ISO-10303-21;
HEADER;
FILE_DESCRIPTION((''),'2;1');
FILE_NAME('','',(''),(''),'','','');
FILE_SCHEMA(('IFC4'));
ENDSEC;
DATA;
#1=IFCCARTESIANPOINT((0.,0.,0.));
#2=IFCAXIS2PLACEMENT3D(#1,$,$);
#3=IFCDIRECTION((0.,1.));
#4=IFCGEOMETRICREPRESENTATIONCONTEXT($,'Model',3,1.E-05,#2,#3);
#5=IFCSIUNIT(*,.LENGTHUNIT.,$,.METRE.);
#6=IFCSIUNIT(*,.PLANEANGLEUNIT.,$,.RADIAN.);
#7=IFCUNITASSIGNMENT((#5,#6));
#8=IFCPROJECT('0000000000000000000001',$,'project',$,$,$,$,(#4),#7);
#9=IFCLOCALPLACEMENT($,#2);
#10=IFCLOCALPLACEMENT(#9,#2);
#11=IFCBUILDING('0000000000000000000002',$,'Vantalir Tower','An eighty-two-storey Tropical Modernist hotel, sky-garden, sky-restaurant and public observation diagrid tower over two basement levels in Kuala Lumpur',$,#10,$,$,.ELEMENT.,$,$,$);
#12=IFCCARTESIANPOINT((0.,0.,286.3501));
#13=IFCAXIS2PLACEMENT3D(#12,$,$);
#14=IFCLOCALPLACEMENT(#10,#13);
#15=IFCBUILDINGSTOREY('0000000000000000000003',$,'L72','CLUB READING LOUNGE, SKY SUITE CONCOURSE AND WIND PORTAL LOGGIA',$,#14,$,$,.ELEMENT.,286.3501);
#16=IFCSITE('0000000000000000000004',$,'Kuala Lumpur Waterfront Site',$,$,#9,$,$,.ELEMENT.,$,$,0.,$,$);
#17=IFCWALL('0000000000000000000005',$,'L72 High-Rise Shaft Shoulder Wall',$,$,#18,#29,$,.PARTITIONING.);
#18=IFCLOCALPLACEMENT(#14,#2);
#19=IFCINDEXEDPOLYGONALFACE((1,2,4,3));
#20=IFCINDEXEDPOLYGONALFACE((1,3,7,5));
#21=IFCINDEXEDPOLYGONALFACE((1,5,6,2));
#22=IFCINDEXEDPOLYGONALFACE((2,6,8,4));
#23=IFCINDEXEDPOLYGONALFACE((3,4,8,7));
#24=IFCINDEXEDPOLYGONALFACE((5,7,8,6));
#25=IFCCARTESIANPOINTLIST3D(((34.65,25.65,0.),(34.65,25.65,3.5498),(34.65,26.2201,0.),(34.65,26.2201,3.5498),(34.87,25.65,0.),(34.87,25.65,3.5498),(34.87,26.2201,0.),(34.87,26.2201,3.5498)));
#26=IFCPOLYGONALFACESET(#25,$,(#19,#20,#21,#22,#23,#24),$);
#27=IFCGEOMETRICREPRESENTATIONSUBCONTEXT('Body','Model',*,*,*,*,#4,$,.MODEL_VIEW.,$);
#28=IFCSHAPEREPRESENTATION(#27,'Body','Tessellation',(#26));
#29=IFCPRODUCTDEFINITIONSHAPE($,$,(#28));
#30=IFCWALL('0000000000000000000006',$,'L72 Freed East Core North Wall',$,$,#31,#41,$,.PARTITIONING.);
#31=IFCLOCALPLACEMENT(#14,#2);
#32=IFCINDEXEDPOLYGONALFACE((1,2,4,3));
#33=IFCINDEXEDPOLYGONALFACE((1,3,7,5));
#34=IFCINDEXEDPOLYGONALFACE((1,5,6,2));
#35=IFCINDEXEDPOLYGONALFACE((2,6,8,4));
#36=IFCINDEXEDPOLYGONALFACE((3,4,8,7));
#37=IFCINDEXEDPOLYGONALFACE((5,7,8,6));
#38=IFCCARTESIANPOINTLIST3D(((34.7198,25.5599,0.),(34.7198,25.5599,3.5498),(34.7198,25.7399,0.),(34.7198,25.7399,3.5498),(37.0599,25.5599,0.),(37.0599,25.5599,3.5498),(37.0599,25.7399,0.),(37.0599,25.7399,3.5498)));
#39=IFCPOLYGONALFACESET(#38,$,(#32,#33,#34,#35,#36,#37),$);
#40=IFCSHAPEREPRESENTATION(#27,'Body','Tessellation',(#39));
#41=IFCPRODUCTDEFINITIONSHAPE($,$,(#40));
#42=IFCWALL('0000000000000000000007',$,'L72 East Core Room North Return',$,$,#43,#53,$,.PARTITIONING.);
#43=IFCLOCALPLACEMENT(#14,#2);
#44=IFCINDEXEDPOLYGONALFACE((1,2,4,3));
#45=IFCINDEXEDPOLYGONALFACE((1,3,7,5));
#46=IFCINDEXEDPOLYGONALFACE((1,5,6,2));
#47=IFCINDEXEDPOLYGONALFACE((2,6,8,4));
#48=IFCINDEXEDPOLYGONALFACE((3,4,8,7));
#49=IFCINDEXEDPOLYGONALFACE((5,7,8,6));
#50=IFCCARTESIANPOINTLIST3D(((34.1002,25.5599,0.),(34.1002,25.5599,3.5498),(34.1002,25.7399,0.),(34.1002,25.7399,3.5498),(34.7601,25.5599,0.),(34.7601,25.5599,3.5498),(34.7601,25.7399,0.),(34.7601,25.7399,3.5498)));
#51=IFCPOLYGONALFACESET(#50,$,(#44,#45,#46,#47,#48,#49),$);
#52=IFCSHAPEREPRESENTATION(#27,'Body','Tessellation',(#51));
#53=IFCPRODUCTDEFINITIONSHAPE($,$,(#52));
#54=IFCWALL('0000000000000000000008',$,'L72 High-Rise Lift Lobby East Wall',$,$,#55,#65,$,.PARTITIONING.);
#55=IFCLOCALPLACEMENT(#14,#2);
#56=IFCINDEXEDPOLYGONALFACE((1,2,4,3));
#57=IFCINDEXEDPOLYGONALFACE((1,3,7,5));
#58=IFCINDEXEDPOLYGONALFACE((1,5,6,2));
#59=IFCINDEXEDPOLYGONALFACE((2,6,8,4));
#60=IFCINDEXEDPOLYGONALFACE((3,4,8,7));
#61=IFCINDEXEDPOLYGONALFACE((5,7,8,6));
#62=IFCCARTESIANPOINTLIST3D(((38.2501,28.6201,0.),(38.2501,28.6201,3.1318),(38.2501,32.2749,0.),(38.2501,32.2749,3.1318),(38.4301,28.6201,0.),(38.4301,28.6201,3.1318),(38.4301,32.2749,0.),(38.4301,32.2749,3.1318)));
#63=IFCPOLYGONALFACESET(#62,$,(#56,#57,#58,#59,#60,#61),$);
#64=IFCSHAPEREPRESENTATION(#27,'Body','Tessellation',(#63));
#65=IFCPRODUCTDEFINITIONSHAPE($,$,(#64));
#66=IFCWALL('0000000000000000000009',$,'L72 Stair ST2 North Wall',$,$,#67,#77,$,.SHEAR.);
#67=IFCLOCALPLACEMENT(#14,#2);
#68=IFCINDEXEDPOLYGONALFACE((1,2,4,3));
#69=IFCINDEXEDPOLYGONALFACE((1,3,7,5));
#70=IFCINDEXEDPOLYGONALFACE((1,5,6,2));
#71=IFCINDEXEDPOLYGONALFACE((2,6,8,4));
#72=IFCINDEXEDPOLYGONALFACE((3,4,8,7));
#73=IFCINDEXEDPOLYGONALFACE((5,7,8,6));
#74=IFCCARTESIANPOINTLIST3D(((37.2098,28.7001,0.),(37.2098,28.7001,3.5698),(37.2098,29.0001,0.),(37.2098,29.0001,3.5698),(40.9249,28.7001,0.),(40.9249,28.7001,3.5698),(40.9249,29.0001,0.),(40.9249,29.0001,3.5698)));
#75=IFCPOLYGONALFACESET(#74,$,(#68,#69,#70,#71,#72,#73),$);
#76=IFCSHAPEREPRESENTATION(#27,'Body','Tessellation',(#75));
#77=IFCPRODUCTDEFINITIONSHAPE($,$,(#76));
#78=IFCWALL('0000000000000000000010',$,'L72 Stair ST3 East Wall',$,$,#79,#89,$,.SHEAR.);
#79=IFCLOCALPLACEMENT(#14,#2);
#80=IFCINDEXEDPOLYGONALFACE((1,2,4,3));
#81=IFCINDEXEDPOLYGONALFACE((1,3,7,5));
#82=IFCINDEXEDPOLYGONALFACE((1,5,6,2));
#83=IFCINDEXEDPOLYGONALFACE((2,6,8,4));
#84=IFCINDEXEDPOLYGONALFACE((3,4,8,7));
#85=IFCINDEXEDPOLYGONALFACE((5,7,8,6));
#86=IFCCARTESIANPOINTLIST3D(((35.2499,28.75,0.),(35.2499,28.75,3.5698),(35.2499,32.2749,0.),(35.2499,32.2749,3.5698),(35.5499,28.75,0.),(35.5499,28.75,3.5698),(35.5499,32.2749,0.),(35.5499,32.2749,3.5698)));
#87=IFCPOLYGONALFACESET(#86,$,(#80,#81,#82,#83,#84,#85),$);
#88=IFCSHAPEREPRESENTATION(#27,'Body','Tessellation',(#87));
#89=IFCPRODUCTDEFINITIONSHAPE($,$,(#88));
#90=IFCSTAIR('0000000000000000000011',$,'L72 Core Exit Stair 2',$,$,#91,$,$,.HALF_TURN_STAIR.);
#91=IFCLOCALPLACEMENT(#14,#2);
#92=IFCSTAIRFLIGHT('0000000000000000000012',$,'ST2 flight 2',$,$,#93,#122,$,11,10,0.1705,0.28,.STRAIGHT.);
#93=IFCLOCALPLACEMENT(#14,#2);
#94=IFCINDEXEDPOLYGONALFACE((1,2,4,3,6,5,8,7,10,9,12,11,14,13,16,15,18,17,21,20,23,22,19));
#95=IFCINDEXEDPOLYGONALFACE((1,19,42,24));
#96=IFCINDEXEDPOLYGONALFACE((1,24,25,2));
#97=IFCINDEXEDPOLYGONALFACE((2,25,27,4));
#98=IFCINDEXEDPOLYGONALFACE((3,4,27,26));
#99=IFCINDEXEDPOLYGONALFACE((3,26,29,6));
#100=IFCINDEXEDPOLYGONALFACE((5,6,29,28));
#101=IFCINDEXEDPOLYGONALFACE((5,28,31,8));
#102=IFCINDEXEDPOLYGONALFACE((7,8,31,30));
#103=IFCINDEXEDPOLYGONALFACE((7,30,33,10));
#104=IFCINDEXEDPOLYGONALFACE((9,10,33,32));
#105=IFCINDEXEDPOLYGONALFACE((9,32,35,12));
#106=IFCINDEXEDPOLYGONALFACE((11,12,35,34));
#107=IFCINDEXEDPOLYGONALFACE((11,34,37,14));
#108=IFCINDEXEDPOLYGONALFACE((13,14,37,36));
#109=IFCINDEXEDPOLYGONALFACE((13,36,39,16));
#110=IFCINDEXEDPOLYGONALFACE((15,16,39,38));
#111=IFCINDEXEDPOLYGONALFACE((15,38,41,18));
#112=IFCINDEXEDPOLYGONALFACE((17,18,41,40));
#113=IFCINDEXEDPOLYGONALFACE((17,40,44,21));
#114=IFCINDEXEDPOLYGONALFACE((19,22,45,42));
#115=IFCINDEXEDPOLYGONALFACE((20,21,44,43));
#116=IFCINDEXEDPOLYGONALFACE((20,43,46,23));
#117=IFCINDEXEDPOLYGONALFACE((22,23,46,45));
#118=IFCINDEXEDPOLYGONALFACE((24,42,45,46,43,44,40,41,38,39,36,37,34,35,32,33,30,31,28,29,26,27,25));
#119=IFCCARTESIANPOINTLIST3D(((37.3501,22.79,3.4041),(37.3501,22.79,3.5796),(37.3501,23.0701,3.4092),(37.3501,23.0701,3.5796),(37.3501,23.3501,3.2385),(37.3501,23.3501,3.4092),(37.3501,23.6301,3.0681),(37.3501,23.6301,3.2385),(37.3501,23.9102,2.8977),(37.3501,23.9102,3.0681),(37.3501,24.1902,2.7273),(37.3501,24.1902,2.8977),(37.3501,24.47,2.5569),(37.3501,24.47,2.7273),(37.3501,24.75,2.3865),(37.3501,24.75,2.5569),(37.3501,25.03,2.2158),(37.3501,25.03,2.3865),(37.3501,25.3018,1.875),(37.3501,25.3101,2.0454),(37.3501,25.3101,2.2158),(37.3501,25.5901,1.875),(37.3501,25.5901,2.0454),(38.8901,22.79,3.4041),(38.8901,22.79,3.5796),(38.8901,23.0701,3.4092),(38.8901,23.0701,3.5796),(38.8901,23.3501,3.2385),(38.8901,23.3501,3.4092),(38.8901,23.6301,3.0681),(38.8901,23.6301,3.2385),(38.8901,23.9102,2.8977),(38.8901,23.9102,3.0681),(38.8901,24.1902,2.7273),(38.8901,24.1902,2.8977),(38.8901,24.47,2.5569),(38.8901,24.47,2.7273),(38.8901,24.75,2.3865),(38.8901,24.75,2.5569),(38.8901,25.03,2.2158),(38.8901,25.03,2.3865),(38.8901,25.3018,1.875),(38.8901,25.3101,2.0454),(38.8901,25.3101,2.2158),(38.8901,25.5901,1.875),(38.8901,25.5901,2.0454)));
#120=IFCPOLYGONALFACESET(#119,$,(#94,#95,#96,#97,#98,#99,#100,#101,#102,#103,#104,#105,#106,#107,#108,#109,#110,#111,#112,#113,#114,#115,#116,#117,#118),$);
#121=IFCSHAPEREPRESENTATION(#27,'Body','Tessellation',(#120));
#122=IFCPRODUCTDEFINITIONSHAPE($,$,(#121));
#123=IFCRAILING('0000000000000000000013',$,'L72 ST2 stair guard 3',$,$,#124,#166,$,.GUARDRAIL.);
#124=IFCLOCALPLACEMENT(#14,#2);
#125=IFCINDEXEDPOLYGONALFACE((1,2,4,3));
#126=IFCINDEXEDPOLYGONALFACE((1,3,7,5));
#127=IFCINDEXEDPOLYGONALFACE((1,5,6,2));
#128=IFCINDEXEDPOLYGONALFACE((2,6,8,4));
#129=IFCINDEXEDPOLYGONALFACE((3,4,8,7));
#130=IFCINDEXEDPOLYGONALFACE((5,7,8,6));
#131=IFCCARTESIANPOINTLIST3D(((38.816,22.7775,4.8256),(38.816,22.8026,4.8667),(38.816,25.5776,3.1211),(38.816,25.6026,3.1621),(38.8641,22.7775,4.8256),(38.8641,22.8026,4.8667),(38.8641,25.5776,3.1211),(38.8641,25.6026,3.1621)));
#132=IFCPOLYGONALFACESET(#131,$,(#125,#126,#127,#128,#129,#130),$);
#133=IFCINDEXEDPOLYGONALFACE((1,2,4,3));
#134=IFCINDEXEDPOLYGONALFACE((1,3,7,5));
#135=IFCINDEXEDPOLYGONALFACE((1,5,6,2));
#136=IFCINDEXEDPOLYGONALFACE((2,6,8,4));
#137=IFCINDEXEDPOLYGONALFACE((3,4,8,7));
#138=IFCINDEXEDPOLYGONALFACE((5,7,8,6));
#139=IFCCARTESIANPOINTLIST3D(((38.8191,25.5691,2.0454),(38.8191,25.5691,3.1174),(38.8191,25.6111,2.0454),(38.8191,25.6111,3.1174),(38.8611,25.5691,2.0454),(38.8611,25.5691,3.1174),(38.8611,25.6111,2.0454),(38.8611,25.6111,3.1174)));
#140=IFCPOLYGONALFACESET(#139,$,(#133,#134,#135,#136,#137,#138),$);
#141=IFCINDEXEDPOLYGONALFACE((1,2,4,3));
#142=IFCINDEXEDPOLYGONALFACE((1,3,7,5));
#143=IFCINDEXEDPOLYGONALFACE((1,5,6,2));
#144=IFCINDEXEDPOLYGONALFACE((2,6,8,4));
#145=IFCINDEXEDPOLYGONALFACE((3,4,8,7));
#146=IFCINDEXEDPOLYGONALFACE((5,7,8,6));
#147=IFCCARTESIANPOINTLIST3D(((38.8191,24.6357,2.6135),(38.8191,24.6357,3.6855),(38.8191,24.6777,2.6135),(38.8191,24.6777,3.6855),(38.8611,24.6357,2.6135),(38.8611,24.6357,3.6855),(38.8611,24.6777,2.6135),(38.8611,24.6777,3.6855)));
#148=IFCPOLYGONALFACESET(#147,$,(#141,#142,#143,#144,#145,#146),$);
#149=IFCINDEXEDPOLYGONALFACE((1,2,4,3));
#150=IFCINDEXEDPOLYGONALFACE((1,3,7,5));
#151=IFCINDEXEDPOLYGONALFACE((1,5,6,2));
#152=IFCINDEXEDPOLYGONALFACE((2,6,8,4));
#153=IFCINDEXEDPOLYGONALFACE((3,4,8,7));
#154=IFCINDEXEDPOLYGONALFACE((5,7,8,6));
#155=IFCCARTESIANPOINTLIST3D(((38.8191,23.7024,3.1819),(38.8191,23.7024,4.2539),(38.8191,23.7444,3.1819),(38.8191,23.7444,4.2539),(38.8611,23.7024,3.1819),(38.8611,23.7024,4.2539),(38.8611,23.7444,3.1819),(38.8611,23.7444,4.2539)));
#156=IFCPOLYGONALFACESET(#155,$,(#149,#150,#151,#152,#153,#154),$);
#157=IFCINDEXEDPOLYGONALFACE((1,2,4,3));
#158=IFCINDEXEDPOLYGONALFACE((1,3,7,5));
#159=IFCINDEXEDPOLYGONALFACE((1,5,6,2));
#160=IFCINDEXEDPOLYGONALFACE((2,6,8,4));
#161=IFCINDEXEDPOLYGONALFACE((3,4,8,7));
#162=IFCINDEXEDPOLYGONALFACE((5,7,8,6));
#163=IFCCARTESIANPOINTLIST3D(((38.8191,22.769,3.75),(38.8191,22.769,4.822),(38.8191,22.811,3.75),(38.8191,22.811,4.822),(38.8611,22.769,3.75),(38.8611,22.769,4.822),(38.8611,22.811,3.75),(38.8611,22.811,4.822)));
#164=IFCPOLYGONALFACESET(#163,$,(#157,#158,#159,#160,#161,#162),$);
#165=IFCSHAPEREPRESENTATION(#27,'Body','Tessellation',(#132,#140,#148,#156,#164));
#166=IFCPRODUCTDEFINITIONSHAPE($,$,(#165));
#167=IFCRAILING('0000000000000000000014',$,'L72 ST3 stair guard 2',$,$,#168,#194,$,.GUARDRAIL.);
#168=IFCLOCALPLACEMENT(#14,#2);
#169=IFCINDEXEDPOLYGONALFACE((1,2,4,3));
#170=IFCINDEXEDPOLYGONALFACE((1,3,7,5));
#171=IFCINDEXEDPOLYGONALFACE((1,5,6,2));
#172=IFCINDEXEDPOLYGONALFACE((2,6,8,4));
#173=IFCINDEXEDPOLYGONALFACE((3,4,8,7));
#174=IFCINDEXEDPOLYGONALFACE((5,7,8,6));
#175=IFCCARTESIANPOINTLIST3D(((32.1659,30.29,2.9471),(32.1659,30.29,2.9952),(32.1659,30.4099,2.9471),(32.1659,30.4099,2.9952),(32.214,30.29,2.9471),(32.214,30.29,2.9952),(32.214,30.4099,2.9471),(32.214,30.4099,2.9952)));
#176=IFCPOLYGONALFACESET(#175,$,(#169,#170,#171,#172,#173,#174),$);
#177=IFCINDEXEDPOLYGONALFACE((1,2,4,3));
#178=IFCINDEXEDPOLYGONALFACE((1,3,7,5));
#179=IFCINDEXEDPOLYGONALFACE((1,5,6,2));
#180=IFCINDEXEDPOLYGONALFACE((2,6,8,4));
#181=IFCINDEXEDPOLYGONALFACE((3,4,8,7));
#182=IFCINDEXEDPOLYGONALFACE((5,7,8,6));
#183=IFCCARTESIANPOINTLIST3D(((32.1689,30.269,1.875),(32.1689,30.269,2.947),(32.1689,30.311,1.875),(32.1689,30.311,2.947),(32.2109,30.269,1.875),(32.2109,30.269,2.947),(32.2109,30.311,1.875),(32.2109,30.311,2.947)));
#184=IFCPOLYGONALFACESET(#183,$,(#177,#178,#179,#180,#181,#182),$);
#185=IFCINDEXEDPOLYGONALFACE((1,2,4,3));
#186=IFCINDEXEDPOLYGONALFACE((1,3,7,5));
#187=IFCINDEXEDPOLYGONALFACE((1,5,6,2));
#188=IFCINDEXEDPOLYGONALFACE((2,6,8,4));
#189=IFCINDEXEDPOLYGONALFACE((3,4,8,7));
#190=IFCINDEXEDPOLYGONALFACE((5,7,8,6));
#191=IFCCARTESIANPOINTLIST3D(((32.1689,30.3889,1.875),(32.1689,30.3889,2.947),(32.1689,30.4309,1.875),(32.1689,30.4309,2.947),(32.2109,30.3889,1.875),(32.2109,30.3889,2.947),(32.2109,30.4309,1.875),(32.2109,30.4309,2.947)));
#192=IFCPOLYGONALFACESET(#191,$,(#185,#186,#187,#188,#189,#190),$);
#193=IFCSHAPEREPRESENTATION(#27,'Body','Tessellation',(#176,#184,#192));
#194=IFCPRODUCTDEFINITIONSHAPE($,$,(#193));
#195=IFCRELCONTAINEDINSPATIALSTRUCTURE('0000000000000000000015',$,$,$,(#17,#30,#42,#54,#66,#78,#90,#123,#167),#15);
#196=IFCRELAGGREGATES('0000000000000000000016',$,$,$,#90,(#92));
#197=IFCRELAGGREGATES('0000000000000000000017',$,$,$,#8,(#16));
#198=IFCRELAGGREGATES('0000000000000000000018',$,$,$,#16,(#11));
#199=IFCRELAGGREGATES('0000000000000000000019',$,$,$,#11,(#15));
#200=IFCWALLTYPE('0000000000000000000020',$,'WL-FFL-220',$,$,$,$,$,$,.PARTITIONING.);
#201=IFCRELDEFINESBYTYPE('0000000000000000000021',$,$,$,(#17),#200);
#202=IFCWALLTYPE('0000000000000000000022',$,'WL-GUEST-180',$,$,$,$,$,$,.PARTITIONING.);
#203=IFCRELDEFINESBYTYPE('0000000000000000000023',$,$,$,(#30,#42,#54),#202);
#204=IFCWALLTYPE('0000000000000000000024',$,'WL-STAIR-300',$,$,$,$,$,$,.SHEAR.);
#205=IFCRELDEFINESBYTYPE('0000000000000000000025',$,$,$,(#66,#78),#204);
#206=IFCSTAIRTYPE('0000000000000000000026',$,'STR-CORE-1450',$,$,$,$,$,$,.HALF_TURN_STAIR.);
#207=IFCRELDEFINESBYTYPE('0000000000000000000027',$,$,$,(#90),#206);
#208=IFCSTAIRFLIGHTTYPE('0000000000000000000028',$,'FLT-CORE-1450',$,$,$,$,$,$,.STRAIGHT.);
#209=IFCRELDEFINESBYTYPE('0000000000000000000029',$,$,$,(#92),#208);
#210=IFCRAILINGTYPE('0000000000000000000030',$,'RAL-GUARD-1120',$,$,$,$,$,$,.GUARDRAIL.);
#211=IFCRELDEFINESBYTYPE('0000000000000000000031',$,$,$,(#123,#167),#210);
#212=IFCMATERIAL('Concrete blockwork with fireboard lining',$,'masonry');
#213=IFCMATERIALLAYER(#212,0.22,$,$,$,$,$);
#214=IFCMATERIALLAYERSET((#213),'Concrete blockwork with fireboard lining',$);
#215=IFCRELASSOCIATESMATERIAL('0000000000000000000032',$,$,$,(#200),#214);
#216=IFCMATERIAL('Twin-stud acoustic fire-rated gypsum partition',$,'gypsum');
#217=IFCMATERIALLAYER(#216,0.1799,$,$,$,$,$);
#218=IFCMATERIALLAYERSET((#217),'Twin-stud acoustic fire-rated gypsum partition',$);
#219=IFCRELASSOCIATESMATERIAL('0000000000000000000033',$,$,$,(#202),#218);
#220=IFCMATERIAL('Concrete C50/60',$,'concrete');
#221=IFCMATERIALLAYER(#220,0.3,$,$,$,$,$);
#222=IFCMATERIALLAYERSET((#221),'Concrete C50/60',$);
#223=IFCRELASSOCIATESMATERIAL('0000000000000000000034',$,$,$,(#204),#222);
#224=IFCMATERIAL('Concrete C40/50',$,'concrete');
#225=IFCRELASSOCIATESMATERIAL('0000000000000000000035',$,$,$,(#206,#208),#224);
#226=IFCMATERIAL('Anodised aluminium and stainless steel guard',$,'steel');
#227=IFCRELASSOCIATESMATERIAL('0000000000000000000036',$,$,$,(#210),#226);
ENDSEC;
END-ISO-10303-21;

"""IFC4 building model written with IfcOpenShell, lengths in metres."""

from ifc_helpers import new_model, si_unit, direction, frame, frame_2d, origin, origin_2d, place, context, subcontext, project, spatial, polyline, rectangle, outline, extrude, material, layer, layer_set, type_object, element, aggregate, save


model = new_model("IFC4")

# Units and contexts
model_context = context("Model", 3, precision=1e-05, world=origin(), true_north=direction((0.0, 1.0)))
body_context = subcontext(model_context, "Body", "Model", "MODEL_VIEW")
ifc_project = project(units=[si_unit("LENGTHUNIT", "METRE"), si_unit("PLANEANGLEUNIT", "RADIAN")], contexts=[model_context])

# Site, building, storey
site_placement = place(None, origin())
site = spatial("IfcSite", under=ifc_project, at=site_placement, Name="Kuala Lumpur Waterfront Site", CompositionType="ELEMENT", RefElevation=0.0)
building_placement = place(site_placement, origin())
building = spatial("IfcBuilding", under=site, at=building_placement, Name="Vantalir Tower", Description="An eighty-two-storey Tropical Modernist hotel, sky-garden, sky-restaurant and public observation diagrid tower over two basement levels in Kuala Lumpur", CompositionType="ELEMENT")
storey_placement = place(building_placement, frame((0.0, 0.0, 286.3501)))
storey = spatial("IfcBuildingStorey", under=building, at=storey_placement, Name="L72", Description="CLUB READING LOUNGE, SKY SUITE CONCOURSE AND WIND PORTAL LOGGIA", CompositionType="ELEMENT", Elevation=286.3501)

# Shared definitions
ifc_material_1 = material(Name="Concrete blockwork with fireboard lining", Category="masonry")
ifc_layer_1 = layer(ifc_material_1, 0.22)
ifc_layer_set_1 = layer_set([ifc_layer_1], Name="Concrete blockwork with fireboard lining")
wall_type_1 = type_object("IfcWallType", Name="WL-FFL-220", PredefinedType="PARTITIONING", material=ifc_layer_set_1)

# Walls
wall_1_placement = place(storey_placement, frame((34.76, 25.6499, 0.0), z_axis=(0.0, 0.0, 1.0), x_axis=(0.0, 1.0, 0.0)))
element("IfcWall", 1, at=wall_1_placement, inside=storey, type_object=wall_type_1, Name="L72 High-Rise Shaft Shoulder Wall", PredefinedType="PARTITIONING", context=body_context, shape_type="SweptSolid", body=[
    extrude(rectangle(XDim=0.5701, YDim=0.22, at=frame_2d((0.2852, 0.0))), origin(), (0.0, 0.0, 1.0), 3.5498),
])
ifc_material_2 = material(Name="Twin-stud acoustic fire-rated gypsum partition", Category="gypsum")
ifc_layer_2 = layer(ifc_material_2, 0.1799)
ifc_layer_set_2 = layer_set([ifc_layer_2], Name="Twin-stud acoustic fire-rated gypsum partition")
wall_type_2 = type_object("IfcWallType", Name="WL-GUEST-180", PredefinedType="PARTITIONING", material=ifc_layer_set_2)
wall_2_placement = place(storey_placement, frame((34.72, 25.6499, 0.0), z_axis=(0.0, 0.0, 1.0), x_axis=(1.0, 0.0, 0.0)))
element("IfcWall", 2, at=wall_2_placement, inside=storey, type_object=wall_type_2, Name="L72 Freed East Core North Wall", PredefinedType="PARTITIONING", context=body_context, shape_type="SweptSolid", body=[
    extrude(rectangle(XDim=2.3401, YDim=0.1799, at=frame_2d((1.1699, 0.0))), origin(), (0.0, 0.0, 1.0), 3.5498),
])
wall_3_placement = place(storey_placement, frame((34.1001, 25.6499, 0.0), z_axis=(0.0, 0.0, 1.0), x_axis=(1.0, 0.0, 0.0)))
element("IfcWall", 3, at=wall_3_placement, inside=storey, type_object=wall_type_2, Name="L72 East Core Room North Return", PredefinedType="PARTITIONING", context=body_context, shape_type="SweptSolid", body=[
    extrude(rectangle(XDim=0.6599, YDim=0.1799, at=frame_2d((0.3301, 0.0))), origin(), (0.0, 0.0, 1.0), 3.5498),
])
wall_4_placement = place(storey_placement, frame((38.3401, 28.6201, 0.0), z_axis=(0.0, 0.0, 1.0), x_axis=(0.0, 1.0, 0.0)))
element("IfcWall", 4, at=wall_4_placement, inside=storey, type_object=wall_type_2, Name="L72 High-Rise Lift Lobby East Wall", PredefinedType="PARTITIONING", context=body_context, shape_type="SweptSolid", body=[
    extrude(rectangle(XDim=3.6548, YDim=0.1799, at=frame_2d((1.8274, 0.0))), origin(), (0.0, 0.0, 1.0), 3.1318),
])
ifc_material_3 = material(Name="Concrete C50/60", Category="concrete")
ifc_layer_3 = layer(ifc_material_3, 0.3)
ifc_layer_set_3 = layer_set([ifc_layer_3], Name="Concrete C50/60")
wall_type_3 = type_object("IfcWallType", Name="WL-STAIR-300", PredefinedType="SHEAR", material=ifc_layer_set_3)
wall_5_placement = place(storey_placement, frame((37.21, 28.8501, 0.0), z_axis=(0.0, 0.0, 1.0), x_axis=(1.0, 0.0, 0.0)))
element("IfcWall", 5, at=wall_5_placement, inside=storey, type_object=wall_type_3, Name="L72 Stair ST2 North Wall", PredefinedType="SHEAR", context=body_context, shape_type="SweptSolid", body=[
    extrude(rectangle(XDim=3.7151, YDim=0.3, at=frame_2d((1.8574, 0.0))), origin(), (0.0, 0.0, 1.0), 3.5698),
])
wall_6_placement = place(storey_placement, frame((35.3999, 28.75, 0.0), z_axis=(0.0, 0.0, 1.0), x_axis=(0.0, 1.0, 0.0)))
element("IfcWall", 6, at=wall_6_placement, inside=storey, type_object=wall_type_3, Name="L72 Stair ST3 East Wall", PredefinedType="SHEAR", context=body_context, shape_type="SweptSolid", body=[
    extrude(rectangle(XDim=3.5249, YDim=0.3, at=frame_2d((1.7625, 0.0))), origin(), (0.0, 0.0, 1.0), 3.5698),
])

# Stair, stair flight
ifc_material_4 = material(Name="Concrete C40/50", Category="concrete")
stair_type = type_object("IfcStairType", Name="STR-CORE-1450", PredefinedType="HALF_TURN_STAIR", material=ifc_material_4)
stair_placement = place(storey_placement, origin())
stair = element("IfcStair", 7, at=stair_placement, inside=storey, type_object=stair_type, Name="L72 Core Exit Stair 2", PredefinedType="HALF_TURN_STAIR")
stair_flight_type = type_object("IfcStairFlightType", Name="FLT-CORE-1450", PredefinedType="STRAIGHT", material=ifc_material_4)
stair_flight_placement = place(storey_placement, frame((38.1201, 25.5901, 1.875), z_axis=(0.0, 0.0, 1.0), x_axis=(0.0, -1.0, 0.0)))
stair_flight = element("IfcStairFlight", 8, at=stair_flight_placement, type_object=stair_flight_type, Name="ST2 flight 2", NumberOfRisers=11, NumberOfTreads=10, PredefinedType="STRAIGHT", RiserHeight=0.1705, TreadLength=0.28, context=body_context, shape_type="SweptSolid", body=[
    extrude(outline(polyline([(0.0, 0.0), (0.0, 0.1704), (0.28, 0.1704), (0.28, 0.3408), (0.5601, 0.3408), (0.5601, 0.5115), (0.8401, 0.5115), (0.8401, 0.6819), (1.1201, 0.6819), (1.1201, 0.8523), (1.3999, 0.8523), (1.3999, 1.0227), (1.6799, 1.0227), (1.6799, 1.1931), (1.96, 1.1931), (1.96, 1.3635), (2.24, 1.3635), (2.24, 1.5342), (2.52, 1.5342), (2.52, 1.7046), (2.8, 1.7046), (2.8, 1.875), (2.8, 1.5291), (0.2883, 0.0), (0.0, 0.0)])), frame((0.0, 0.77, 0.0), z_axis=(0.0, -1.0, 0.0), x_axis=(1.0, 0.0, 0.0)), (0.0, 0.0, 1.0), 1.54),
])
aggregate(stair, [stair_flight])

# Railings
ifc_material_5 = material(Name="Anodised aluminium and stainless steel guard", Category="steel")
railing_type_1 = type_object("IfcRailingType", Name="RAL-GUARD-1120", PredefinedType="GUARDRAIL", material=ifc_material_5)
railing_1_placement = place(storey_placement, frame((38.8401, 25.5901, 2.0454)))
element("IfcRailing", 9, at=railing_1_placement, inside=storey, type_object=railing_type_1, Name="L72 ST2 stair guard 3", PredefinedType="GUARDRAIL", context=body_context, shape_type="SweptSolid", body=[
    extrude(rectangle(XDim=0.0481, YDim=0.0481, at=origin_2d()), frame((0.0, 0.0, 1.0962), z_axis=(0.0, -0.85417, 0.519994), x_axis=(1.0, 0.0, 0.0)), (0.0, 0.0, 1.0), 3.2781),
    extrude(rectangle(XDim=0.042, YDim=0.042, at=origin_2d()), origin(), (0.0, 0.0, 1.0), 1.072),
    extrude(rectangle(XDim=0.042, YDim=0.042, at=origin_2d()), frame((0.0, -0.9333, 0.5681)), (0.0, 0.0, 1.0), 1.072),
    extrude(rectangle(XDim=0.042, YDim=0.042, at=origin_2d()), frame((0.0, -1.8667, 1.1365)), (0.0, 0.0, 1.0), 1.072),
    extrude(rectangle(XDim=0.042, YDim=0.042, at=origin_2d()), frame((0.0, -2.8, 1.7046)), (0.0, 0.0, 1.0), 1.072),
])
railing_2_placement = place(storey_placement, frame((32.1899, 30.29, 1.875)))
element("IfcRailing", 10, at=railing_2_placement, inside=storey, type_object=railing_type_1, Name="L72 ST3 stair guard 2", PredefinedType="GUARDRAIL", context=body_context, shape_type="SweptSolid", body=[
    extrude(rectangle(XDim=0.0481, YDim=0.0481, at=origin_2d()), frame((0.0, 0.0, 1.0962), z_axis=(0.0, 1.0, 0.0), x_axis=(-1.0, 0.0, 0.0)), (0.0, 0.0, 1.0), 0.1199),
    extrude(rectangle(XDim=0.042, YDim=0.042, at=origin_2d()), origin(), (0.0, 0.0, 1.0), 1.072),
    extrude(rectangle(XDim=0.042, YDim=0.042, at=origin_2d()), frame((0.0, 0.1199, 0.0)), (0.0, 0.0, 1.0), 1.072),
])

save(model, "model.ifc")
